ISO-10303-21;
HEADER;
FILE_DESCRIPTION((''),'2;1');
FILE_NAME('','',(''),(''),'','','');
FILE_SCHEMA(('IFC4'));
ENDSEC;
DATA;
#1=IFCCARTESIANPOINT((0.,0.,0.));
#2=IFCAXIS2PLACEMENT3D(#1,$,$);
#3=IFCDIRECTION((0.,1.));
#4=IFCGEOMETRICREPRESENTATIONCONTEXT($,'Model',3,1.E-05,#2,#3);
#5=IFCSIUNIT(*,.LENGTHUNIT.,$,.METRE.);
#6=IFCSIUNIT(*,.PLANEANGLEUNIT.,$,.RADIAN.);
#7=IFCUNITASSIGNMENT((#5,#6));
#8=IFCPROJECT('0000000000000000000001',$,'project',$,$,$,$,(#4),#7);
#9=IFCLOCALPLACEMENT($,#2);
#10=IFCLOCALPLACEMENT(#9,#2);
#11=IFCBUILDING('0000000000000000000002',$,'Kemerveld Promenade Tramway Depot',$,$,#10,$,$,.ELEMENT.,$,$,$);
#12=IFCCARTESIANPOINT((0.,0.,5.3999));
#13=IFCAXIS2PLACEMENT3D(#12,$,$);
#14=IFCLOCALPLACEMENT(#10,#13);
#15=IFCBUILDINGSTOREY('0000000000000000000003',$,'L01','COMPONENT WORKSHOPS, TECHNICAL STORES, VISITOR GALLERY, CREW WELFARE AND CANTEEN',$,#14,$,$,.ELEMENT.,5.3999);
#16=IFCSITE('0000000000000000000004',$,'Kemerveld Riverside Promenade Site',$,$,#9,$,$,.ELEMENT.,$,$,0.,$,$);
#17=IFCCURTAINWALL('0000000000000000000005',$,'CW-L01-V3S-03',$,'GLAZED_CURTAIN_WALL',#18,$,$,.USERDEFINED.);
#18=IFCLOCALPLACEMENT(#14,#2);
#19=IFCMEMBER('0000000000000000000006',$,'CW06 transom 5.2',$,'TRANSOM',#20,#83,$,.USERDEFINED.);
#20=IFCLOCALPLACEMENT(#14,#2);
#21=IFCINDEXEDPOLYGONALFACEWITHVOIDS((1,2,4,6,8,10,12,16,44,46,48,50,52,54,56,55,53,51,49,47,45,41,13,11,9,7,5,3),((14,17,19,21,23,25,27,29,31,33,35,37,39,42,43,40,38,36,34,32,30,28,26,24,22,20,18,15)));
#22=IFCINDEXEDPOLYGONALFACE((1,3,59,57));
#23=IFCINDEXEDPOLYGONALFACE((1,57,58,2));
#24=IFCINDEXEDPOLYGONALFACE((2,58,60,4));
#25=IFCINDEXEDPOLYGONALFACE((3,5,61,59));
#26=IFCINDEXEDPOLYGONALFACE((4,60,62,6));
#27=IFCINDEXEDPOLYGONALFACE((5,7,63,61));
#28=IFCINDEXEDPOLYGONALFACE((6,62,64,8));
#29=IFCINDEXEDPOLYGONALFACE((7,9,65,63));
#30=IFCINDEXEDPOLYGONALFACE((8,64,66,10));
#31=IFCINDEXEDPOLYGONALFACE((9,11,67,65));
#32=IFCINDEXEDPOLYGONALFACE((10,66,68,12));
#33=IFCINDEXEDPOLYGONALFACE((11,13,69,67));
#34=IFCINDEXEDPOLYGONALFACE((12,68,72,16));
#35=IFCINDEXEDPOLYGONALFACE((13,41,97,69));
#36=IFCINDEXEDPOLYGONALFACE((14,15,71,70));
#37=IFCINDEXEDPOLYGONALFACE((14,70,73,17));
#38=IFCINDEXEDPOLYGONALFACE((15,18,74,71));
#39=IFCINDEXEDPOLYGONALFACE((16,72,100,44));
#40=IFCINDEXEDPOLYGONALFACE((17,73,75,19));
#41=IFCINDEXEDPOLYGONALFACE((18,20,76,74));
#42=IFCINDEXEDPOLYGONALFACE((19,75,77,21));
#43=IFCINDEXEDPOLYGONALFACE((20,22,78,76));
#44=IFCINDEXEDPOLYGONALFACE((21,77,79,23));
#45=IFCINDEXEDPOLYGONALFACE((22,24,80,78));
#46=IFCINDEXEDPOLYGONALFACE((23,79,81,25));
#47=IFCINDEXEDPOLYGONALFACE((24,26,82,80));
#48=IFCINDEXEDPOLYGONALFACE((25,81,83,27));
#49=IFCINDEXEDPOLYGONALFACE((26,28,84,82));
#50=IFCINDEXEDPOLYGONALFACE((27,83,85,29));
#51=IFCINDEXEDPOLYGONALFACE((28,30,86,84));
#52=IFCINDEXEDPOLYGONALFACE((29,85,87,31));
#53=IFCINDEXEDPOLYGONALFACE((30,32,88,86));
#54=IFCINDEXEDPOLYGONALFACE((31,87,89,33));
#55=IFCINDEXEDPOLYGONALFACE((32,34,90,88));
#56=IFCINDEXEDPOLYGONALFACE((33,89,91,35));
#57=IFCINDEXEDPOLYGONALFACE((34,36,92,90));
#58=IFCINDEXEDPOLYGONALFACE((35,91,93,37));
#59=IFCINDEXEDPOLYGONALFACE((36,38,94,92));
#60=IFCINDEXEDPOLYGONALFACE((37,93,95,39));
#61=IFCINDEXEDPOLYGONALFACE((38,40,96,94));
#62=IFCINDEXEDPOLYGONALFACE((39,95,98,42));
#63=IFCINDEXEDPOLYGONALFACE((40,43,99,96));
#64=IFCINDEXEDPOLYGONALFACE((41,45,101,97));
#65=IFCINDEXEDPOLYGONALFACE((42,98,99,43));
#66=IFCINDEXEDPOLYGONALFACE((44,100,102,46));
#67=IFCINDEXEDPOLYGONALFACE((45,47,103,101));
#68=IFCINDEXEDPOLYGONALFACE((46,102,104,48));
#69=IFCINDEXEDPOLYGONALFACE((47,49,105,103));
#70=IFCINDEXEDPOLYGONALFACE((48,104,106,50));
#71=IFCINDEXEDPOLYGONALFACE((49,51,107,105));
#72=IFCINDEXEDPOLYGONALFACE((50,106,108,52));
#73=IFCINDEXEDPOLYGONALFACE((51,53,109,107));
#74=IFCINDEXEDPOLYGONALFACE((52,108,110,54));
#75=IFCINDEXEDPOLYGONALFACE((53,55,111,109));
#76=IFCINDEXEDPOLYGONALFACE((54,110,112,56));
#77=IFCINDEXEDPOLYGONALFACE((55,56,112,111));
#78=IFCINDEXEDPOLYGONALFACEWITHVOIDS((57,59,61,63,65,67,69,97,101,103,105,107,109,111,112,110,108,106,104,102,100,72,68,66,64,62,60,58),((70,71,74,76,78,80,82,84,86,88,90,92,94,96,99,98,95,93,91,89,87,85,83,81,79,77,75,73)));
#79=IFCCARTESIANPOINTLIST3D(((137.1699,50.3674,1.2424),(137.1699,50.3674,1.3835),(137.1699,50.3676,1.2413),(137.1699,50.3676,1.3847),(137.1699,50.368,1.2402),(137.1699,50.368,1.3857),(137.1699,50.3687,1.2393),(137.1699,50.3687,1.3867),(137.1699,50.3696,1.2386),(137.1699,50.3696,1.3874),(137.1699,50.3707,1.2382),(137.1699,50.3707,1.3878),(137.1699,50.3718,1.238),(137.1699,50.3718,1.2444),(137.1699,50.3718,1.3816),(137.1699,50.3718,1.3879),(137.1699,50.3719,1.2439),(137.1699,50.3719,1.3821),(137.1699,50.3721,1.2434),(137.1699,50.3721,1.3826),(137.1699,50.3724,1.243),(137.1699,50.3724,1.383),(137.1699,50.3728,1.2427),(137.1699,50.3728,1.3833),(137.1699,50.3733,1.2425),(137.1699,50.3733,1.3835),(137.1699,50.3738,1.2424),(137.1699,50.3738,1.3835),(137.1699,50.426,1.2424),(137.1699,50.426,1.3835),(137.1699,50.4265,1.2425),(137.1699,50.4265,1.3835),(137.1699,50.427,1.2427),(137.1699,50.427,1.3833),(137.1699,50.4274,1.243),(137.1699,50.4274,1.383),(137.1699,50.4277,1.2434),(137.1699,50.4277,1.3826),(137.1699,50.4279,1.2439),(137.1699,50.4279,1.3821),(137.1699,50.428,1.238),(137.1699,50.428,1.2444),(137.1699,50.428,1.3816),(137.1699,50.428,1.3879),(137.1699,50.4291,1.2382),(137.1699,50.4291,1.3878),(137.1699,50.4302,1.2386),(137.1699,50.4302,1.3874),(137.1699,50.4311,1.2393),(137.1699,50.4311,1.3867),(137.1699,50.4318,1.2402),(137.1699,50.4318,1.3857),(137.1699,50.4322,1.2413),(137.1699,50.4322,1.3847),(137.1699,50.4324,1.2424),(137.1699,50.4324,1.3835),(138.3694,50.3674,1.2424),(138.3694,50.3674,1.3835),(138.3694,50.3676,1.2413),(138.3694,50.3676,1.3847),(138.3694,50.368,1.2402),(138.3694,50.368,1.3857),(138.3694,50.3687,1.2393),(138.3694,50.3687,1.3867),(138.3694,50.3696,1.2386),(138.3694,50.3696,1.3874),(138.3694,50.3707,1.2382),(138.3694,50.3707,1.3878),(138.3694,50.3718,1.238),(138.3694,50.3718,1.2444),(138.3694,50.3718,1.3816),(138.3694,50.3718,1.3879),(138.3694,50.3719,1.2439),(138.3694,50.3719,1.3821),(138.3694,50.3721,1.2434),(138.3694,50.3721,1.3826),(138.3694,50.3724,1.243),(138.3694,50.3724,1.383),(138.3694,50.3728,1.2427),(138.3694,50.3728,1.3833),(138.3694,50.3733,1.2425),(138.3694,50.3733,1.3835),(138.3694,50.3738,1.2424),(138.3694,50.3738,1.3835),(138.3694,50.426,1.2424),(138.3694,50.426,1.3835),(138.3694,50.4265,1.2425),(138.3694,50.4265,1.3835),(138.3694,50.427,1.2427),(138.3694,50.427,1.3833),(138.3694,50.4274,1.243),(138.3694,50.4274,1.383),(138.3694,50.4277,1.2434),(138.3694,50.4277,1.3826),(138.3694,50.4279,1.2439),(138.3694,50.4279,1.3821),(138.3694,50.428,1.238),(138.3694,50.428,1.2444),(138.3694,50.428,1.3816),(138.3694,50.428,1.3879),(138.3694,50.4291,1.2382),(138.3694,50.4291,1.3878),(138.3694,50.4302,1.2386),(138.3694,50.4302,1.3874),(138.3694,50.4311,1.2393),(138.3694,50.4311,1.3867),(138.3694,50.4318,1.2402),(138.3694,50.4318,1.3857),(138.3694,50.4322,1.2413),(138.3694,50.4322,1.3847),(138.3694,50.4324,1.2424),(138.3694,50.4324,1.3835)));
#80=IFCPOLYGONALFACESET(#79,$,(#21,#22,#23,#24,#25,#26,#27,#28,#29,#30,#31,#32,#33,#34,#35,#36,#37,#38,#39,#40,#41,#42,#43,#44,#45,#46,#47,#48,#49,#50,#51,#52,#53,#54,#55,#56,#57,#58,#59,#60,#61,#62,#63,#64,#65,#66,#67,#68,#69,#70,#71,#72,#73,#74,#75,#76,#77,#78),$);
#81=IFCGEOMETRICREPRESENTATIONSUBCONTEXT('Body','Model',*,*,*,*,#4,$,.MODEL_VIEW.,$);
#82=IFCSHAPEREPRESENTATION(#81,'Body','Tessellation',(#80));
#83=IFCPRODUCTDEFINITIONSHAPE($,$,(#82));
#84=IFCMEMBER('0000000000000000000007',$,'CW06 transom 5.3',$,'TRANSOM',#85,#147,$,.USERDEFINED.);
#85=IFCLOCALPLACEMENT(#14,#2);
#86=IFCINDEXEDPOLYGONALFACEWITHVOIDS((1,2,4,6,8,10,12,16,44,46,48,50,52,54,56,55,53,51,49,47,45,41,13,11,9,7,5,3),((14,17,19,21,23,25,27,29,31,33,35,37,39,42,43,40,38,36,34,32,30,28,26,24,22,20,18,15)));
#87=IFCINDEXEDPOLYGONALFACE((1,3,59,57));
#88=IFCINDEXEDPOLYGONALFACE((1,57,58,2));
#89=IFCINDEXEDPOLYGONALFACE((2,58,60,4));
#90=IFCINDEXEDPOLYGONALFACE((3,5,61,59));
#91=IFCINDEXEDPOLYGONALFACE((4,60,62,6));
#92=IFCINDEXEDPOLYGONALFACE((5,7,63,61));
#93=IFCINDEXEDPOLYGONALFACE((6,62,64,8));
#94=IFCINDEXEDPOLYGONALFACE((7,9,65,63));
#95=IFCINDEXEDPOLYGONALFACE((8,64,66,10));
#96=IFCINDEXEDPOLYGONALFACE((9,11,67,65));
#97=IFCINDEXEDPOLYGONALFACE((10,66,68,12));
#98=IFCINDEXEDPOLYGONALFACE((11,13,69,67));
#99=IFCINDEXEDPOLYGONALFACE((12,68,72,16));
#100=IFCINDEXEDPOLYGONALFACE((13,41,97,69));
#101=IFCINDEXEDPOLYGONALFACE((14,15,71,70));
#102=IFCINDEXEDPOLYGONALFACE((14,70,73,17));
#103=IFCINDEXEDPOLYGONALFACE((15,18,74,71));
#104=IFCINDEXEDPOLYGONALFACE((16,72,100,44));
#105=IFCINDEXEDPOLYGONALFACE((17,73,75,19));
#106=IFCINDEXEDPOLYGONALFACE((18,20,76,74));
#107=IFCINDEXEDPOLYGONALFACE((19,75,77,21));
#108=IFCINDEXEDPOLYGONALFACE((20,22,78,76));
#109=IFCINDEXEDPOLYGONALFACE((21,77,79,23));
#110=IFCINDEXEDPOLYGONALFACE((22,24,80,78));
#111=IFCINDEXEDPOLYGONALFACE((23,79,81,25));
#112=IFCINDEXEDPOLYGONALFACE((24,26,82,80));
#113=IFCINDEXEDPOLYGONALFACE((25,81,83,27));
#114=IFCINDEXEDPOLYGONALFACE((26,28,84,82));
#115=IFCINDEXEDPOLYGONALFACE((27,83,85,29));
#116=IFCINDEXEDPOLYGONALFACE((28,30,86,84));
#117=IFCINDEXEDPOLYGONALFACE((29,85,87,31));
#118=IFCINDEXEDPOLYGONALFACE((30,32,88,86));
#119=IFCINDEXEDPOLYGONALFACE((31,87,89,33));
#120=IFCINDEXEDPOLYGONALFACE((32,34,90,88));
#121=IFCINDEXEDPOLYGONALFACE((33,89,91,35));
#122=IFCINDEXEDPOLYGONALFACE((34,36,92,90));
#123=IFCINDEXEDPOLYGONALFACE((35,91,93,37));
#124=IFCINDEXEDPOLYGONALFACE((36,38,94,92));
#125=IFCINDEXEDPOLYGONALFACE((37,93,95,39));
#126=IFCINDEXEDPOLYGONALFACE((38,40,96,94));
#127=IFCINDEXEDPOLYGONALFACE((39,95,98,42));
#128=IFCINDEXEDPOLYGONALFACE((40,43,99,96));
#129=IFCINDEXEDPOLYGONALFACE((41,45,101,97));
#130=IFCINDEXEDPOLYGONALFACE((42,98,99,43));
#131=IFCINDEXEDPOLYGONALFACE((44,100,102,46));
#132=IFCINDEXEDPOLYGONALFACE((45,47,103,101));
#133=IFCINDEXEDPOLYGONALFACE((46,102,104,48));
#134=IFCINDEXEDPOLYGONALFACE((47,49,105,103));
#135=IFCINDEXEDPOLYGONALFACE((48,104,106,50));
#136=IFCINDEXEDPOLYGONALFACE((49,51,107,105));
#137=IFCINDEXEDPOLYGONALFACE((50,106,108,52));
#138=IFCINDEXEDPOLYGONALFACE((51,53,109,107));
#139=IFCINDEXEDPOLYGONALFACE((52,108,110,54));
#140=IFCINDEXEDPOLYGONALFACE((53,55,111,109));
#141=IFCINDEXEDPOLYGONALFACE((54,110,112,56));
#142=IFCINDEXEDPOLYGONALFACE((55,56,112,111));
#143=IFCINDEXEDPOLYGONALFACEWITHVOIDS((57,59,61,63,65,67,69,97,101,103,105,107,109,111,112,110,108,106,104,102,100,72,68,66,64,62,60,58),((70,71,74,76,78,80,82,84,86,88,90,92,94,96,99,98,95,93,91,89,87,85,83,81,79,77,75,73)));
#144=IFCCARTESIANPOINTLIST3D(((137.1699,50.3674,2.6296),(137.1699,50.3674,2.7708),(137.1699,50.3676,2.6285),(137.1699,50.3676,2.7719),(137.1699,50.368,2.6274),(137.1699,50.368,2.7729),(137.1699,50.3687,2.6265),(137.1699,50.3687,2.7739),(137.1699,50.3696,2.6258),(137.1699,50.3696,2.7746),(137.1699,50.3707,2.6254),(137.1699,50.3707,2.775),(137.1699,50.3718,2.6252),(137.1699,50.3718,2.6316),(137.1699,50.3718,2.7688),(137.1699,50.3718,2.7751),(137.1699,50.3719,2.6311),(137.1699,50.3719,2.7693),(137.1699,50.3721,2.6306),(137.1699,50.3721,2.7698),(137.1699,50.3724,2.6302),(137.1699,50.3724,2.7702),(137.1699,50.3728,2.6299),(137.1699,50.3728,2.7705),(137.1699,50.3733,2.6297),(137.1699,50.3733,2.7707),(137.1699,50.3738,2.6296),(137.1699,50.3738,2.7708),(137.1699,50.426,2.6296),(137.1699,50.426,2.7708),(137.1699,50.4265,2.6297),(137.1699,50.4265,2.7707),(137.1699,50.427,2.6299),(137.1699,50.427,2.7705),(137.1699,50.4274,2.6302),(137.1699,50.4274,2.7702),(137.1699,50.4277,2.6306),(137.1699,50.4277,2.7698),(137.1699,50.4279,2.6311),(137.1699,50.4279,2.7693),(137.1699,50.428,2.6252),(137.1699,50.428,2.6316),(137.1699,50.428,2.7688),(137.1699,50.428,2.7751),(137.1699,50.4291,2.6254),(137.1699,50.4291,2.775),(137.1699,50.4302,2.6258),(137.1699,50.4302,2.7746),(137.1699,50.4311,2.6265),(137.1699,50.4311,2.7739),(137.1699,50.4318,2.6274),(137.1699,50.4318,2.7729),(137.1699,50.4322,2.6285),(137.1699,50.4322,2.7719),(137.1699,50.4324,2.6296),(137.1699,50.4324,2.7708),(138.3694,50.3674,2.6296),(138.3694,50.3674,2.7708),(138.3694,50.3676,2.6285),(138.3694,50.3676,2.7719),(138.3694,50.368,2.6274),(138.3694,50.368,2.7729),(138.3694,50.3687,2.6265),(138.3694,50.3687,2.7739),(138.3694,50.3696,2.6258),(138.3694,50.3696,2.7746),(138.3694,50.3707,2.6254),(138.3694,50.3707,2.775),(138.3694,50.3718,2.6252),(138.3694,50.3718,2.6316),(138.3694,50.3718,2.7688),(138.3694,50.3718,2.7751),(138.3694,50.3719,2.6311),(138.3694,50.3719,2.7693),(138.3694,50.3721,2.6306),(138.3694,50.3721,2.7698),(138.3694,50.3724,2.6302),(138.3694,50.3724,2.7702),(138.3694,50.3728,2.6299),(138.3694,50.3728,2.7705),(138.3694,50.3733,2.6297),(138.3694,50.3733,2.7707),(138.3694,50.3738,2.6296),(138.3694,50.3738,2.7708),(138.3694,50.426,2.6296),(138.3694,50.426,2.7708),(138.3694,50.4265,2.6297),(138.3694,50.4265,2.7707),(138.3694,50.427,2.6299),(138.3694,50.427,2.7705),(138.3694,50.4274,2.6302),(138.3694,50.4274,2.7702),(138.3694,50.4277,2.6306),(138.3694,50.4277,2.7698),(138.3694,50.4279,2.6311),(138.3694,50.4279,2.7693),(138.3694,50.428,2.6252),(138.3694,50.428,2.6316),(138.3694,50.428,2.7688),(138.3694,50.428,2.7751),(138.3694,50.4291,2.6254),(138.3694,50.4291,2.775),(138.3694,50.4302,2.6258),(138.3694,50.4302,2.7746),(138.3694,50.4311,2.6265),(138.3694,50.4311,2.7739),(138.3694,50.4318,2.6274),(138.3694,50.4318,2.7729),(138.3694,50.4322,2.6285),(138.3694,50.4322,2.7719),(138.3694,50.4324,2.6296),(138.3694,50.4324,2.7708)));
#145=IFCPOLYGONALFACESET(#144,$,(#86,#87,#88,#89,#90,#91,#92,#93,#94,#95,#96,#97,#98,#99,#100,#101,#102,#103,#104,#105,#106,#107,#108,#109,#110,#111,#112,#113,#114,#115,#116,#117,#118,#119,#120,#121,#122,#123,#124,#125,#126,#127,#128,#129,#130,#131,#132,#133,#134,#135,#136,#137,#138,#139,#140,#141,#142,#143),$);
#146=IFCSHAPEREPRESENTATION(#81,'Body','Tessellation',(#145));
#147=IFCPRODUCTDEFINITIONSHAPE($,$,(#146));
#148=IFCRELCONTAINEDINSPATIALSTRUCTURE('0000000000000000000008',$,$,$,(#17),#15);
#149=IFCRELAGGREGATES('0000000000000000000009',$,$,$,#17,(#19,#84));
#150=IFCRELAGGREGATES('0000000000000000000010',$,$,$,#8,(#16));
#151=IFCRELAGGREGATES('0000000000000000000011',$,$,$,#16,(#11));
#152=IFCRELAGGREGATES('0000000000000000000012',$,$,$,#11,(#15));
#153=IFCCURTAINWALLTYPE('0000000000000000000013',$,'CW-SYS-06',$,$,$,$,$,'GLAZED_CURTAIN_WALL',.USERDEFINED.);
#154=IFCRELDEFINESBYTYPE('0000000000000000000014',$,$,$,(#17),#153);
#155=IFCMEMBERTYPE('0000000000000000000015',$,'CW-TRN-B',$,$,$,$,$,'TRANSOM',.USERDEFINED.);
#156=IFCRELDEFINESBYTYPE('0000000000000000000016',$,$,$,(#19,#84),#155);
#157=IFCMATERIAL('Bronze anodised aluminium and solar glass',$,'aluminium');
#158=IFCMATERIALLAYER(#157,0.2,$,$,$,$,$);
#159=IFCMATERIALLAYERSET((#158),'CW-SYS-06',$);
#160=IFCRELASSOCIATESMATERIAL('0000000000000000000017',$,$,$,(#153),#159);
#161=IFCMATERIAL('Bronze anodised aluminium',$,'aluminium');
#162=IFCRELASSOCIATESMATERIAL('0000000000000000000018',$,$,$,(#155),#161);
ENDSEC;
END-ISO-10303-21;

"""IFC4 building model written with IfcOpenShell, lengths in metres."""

from ifc_helpers import new_model, si_unit, direction, frame, origin, origin_2d, place, context, subcontext, project, spatial, hollow_rectangle, extrude, material, layer, layer_set, material_profile, profile_set, type_object, element, aggregate, save


model = new_model("IFC4")

# Units and contexts
model_context = context("Model", 3, precision=1e-05, world=origin(), true_north=direction((0.0, 1.0)))
body_context = subcontext(model_context, "Body", "Model", "MODEL_VIEW")
ifc_project = project(units=[si_unit("LENGTHUNIT", "METRE"), si_unit("PLANEANGLEUNIT", "RADIAN")], contexts=[model_context])

# Site, building, storey
site_placement = place(None, origin())
site = spatial("IfcSite", under=ifc_project, at=site_placement, Name="Kemerveld Riverside Promenade Site", CompositionType="ELEMENT", RefElevation=0.0)
building_placement = place(site_placement, origin())
building = spatial("IfcBuilding", under=site, at=building_placement, Name="Kemerveld Promenade Tramway Depot", CompositionType="ELEMENT")
storey_placement = place(building_placement, frame((0.0, 0.0, 5.3999)))
storey = spatial("IfcBuildingStorey", under=building, at=storey_placement, Name="L01", Description="COMPONENT WORKSHOPS, TECHNICAL STORES, VISITOR GALLERY, CREW WELFARE AND CANTEEN", CompositionType="ELEMENT", Elevation=5.3999)

# Curtain wall, members
ifc_material_1 = material(Name="Bronze anodised aluminium and solar glass", Category="aluminium")
ifc_layer_1 = layer(ifc_material_1, 0.2)
ifc_layer_set_1 = layer_set([ifc_layer_1], Name="CW-SYS-06")
curtain_wall_type = type_object("IfcCurtainWallType", Name="CW-SYS-06", ElementType="GLAZED_CURTAIN_WALL", PredefinedType="USERDEFINED", material=ifc_layer_set_1)
curtain_wall_placement = place(storey_placement, origin())
curtain_wall = element("IfcCurtainWall", 1, at=curtain_wall_placement, inside=storey, type_object=curtain_wall_type, Name="CW-L01-V3S-03", ObjectType="GLAZED_CURTAIN_WALL", PredefinedType="USERDEFINED")
ifc_material_2 = material(Name="Bronze anodised aluminium", Category="aluminium")
ifc_material_profile_1 = material_profile(ifc_material_2, hollow_rectangle(XDim=0.0649, YDim=0.1499, WallThickness=0.0044, InnerFilletRadius=0.002, OuterFilletRadius=0.0044, at=origin_2d()), Name="CW-TRN-150x65")
ifc_profile_set_1 = profile_set([ifc_material_profile_1], Name="Bronze anodised aluminium")
member_type_1 = type_object("IfcMemberType", Name="CW-TRN-B", ElementType="TRANSOM", PredefinedType="USERDEFINED", material=ifc_profile_set_1)
member_1_placement = place(storey_placement, frame((138.3694, 50.3999, 1.313), z_axis=(-1.0, 0.0, 0.0), x_axis=(0.0, -1.0, 0.0)))
member_1 = element("IfcMember", 2, at=member_1_placement, type_object=member_type_1, Name="CW06 transom 5.2", ObjectType="TRANSOM", PredefinedType="USERDEFINED", context=body_context, shape_type="SweptSolid", body=[
    extrude(hollow_rectangle(XDim=0.0649, YDim=0.1499, WallThickness=0.0044, InnerFilletRadius=0.002, OuterFilletRadius=0.0044, at=origin_2d()), origin(), (0.0, 0.0, 1.0), 1.1995),
])
member_2_placement = place(storey_placement, frame((138.3694, 50.3999, 2.7002), z_axis=(-1.0, 0.0, 0.0), x_axis=(0.0, -1.0, 0.0)))
member_2 = element("IfcMember", 3, at=member_2_placement, type_object=member_type_1, Name="CW06 transom 5.3", ObjectType="TRANSOM", PredefinedType="USERDEFINED", context=body_context, shape_type="SweptSolid", body=[
    extrude(hollow_rectangle(XDim=0.0649, YDim=0.1499, WallThickness=0.0044, InnerFilletRadius=0.002, OuterFilletRadius=0.0044, at=origin_2d()), origin(), (0.0, 0.0, 1.0), 1.1995),
])
aggregate(curtain_wall, [member_1, member_2])

save(model, "model.ifc")
